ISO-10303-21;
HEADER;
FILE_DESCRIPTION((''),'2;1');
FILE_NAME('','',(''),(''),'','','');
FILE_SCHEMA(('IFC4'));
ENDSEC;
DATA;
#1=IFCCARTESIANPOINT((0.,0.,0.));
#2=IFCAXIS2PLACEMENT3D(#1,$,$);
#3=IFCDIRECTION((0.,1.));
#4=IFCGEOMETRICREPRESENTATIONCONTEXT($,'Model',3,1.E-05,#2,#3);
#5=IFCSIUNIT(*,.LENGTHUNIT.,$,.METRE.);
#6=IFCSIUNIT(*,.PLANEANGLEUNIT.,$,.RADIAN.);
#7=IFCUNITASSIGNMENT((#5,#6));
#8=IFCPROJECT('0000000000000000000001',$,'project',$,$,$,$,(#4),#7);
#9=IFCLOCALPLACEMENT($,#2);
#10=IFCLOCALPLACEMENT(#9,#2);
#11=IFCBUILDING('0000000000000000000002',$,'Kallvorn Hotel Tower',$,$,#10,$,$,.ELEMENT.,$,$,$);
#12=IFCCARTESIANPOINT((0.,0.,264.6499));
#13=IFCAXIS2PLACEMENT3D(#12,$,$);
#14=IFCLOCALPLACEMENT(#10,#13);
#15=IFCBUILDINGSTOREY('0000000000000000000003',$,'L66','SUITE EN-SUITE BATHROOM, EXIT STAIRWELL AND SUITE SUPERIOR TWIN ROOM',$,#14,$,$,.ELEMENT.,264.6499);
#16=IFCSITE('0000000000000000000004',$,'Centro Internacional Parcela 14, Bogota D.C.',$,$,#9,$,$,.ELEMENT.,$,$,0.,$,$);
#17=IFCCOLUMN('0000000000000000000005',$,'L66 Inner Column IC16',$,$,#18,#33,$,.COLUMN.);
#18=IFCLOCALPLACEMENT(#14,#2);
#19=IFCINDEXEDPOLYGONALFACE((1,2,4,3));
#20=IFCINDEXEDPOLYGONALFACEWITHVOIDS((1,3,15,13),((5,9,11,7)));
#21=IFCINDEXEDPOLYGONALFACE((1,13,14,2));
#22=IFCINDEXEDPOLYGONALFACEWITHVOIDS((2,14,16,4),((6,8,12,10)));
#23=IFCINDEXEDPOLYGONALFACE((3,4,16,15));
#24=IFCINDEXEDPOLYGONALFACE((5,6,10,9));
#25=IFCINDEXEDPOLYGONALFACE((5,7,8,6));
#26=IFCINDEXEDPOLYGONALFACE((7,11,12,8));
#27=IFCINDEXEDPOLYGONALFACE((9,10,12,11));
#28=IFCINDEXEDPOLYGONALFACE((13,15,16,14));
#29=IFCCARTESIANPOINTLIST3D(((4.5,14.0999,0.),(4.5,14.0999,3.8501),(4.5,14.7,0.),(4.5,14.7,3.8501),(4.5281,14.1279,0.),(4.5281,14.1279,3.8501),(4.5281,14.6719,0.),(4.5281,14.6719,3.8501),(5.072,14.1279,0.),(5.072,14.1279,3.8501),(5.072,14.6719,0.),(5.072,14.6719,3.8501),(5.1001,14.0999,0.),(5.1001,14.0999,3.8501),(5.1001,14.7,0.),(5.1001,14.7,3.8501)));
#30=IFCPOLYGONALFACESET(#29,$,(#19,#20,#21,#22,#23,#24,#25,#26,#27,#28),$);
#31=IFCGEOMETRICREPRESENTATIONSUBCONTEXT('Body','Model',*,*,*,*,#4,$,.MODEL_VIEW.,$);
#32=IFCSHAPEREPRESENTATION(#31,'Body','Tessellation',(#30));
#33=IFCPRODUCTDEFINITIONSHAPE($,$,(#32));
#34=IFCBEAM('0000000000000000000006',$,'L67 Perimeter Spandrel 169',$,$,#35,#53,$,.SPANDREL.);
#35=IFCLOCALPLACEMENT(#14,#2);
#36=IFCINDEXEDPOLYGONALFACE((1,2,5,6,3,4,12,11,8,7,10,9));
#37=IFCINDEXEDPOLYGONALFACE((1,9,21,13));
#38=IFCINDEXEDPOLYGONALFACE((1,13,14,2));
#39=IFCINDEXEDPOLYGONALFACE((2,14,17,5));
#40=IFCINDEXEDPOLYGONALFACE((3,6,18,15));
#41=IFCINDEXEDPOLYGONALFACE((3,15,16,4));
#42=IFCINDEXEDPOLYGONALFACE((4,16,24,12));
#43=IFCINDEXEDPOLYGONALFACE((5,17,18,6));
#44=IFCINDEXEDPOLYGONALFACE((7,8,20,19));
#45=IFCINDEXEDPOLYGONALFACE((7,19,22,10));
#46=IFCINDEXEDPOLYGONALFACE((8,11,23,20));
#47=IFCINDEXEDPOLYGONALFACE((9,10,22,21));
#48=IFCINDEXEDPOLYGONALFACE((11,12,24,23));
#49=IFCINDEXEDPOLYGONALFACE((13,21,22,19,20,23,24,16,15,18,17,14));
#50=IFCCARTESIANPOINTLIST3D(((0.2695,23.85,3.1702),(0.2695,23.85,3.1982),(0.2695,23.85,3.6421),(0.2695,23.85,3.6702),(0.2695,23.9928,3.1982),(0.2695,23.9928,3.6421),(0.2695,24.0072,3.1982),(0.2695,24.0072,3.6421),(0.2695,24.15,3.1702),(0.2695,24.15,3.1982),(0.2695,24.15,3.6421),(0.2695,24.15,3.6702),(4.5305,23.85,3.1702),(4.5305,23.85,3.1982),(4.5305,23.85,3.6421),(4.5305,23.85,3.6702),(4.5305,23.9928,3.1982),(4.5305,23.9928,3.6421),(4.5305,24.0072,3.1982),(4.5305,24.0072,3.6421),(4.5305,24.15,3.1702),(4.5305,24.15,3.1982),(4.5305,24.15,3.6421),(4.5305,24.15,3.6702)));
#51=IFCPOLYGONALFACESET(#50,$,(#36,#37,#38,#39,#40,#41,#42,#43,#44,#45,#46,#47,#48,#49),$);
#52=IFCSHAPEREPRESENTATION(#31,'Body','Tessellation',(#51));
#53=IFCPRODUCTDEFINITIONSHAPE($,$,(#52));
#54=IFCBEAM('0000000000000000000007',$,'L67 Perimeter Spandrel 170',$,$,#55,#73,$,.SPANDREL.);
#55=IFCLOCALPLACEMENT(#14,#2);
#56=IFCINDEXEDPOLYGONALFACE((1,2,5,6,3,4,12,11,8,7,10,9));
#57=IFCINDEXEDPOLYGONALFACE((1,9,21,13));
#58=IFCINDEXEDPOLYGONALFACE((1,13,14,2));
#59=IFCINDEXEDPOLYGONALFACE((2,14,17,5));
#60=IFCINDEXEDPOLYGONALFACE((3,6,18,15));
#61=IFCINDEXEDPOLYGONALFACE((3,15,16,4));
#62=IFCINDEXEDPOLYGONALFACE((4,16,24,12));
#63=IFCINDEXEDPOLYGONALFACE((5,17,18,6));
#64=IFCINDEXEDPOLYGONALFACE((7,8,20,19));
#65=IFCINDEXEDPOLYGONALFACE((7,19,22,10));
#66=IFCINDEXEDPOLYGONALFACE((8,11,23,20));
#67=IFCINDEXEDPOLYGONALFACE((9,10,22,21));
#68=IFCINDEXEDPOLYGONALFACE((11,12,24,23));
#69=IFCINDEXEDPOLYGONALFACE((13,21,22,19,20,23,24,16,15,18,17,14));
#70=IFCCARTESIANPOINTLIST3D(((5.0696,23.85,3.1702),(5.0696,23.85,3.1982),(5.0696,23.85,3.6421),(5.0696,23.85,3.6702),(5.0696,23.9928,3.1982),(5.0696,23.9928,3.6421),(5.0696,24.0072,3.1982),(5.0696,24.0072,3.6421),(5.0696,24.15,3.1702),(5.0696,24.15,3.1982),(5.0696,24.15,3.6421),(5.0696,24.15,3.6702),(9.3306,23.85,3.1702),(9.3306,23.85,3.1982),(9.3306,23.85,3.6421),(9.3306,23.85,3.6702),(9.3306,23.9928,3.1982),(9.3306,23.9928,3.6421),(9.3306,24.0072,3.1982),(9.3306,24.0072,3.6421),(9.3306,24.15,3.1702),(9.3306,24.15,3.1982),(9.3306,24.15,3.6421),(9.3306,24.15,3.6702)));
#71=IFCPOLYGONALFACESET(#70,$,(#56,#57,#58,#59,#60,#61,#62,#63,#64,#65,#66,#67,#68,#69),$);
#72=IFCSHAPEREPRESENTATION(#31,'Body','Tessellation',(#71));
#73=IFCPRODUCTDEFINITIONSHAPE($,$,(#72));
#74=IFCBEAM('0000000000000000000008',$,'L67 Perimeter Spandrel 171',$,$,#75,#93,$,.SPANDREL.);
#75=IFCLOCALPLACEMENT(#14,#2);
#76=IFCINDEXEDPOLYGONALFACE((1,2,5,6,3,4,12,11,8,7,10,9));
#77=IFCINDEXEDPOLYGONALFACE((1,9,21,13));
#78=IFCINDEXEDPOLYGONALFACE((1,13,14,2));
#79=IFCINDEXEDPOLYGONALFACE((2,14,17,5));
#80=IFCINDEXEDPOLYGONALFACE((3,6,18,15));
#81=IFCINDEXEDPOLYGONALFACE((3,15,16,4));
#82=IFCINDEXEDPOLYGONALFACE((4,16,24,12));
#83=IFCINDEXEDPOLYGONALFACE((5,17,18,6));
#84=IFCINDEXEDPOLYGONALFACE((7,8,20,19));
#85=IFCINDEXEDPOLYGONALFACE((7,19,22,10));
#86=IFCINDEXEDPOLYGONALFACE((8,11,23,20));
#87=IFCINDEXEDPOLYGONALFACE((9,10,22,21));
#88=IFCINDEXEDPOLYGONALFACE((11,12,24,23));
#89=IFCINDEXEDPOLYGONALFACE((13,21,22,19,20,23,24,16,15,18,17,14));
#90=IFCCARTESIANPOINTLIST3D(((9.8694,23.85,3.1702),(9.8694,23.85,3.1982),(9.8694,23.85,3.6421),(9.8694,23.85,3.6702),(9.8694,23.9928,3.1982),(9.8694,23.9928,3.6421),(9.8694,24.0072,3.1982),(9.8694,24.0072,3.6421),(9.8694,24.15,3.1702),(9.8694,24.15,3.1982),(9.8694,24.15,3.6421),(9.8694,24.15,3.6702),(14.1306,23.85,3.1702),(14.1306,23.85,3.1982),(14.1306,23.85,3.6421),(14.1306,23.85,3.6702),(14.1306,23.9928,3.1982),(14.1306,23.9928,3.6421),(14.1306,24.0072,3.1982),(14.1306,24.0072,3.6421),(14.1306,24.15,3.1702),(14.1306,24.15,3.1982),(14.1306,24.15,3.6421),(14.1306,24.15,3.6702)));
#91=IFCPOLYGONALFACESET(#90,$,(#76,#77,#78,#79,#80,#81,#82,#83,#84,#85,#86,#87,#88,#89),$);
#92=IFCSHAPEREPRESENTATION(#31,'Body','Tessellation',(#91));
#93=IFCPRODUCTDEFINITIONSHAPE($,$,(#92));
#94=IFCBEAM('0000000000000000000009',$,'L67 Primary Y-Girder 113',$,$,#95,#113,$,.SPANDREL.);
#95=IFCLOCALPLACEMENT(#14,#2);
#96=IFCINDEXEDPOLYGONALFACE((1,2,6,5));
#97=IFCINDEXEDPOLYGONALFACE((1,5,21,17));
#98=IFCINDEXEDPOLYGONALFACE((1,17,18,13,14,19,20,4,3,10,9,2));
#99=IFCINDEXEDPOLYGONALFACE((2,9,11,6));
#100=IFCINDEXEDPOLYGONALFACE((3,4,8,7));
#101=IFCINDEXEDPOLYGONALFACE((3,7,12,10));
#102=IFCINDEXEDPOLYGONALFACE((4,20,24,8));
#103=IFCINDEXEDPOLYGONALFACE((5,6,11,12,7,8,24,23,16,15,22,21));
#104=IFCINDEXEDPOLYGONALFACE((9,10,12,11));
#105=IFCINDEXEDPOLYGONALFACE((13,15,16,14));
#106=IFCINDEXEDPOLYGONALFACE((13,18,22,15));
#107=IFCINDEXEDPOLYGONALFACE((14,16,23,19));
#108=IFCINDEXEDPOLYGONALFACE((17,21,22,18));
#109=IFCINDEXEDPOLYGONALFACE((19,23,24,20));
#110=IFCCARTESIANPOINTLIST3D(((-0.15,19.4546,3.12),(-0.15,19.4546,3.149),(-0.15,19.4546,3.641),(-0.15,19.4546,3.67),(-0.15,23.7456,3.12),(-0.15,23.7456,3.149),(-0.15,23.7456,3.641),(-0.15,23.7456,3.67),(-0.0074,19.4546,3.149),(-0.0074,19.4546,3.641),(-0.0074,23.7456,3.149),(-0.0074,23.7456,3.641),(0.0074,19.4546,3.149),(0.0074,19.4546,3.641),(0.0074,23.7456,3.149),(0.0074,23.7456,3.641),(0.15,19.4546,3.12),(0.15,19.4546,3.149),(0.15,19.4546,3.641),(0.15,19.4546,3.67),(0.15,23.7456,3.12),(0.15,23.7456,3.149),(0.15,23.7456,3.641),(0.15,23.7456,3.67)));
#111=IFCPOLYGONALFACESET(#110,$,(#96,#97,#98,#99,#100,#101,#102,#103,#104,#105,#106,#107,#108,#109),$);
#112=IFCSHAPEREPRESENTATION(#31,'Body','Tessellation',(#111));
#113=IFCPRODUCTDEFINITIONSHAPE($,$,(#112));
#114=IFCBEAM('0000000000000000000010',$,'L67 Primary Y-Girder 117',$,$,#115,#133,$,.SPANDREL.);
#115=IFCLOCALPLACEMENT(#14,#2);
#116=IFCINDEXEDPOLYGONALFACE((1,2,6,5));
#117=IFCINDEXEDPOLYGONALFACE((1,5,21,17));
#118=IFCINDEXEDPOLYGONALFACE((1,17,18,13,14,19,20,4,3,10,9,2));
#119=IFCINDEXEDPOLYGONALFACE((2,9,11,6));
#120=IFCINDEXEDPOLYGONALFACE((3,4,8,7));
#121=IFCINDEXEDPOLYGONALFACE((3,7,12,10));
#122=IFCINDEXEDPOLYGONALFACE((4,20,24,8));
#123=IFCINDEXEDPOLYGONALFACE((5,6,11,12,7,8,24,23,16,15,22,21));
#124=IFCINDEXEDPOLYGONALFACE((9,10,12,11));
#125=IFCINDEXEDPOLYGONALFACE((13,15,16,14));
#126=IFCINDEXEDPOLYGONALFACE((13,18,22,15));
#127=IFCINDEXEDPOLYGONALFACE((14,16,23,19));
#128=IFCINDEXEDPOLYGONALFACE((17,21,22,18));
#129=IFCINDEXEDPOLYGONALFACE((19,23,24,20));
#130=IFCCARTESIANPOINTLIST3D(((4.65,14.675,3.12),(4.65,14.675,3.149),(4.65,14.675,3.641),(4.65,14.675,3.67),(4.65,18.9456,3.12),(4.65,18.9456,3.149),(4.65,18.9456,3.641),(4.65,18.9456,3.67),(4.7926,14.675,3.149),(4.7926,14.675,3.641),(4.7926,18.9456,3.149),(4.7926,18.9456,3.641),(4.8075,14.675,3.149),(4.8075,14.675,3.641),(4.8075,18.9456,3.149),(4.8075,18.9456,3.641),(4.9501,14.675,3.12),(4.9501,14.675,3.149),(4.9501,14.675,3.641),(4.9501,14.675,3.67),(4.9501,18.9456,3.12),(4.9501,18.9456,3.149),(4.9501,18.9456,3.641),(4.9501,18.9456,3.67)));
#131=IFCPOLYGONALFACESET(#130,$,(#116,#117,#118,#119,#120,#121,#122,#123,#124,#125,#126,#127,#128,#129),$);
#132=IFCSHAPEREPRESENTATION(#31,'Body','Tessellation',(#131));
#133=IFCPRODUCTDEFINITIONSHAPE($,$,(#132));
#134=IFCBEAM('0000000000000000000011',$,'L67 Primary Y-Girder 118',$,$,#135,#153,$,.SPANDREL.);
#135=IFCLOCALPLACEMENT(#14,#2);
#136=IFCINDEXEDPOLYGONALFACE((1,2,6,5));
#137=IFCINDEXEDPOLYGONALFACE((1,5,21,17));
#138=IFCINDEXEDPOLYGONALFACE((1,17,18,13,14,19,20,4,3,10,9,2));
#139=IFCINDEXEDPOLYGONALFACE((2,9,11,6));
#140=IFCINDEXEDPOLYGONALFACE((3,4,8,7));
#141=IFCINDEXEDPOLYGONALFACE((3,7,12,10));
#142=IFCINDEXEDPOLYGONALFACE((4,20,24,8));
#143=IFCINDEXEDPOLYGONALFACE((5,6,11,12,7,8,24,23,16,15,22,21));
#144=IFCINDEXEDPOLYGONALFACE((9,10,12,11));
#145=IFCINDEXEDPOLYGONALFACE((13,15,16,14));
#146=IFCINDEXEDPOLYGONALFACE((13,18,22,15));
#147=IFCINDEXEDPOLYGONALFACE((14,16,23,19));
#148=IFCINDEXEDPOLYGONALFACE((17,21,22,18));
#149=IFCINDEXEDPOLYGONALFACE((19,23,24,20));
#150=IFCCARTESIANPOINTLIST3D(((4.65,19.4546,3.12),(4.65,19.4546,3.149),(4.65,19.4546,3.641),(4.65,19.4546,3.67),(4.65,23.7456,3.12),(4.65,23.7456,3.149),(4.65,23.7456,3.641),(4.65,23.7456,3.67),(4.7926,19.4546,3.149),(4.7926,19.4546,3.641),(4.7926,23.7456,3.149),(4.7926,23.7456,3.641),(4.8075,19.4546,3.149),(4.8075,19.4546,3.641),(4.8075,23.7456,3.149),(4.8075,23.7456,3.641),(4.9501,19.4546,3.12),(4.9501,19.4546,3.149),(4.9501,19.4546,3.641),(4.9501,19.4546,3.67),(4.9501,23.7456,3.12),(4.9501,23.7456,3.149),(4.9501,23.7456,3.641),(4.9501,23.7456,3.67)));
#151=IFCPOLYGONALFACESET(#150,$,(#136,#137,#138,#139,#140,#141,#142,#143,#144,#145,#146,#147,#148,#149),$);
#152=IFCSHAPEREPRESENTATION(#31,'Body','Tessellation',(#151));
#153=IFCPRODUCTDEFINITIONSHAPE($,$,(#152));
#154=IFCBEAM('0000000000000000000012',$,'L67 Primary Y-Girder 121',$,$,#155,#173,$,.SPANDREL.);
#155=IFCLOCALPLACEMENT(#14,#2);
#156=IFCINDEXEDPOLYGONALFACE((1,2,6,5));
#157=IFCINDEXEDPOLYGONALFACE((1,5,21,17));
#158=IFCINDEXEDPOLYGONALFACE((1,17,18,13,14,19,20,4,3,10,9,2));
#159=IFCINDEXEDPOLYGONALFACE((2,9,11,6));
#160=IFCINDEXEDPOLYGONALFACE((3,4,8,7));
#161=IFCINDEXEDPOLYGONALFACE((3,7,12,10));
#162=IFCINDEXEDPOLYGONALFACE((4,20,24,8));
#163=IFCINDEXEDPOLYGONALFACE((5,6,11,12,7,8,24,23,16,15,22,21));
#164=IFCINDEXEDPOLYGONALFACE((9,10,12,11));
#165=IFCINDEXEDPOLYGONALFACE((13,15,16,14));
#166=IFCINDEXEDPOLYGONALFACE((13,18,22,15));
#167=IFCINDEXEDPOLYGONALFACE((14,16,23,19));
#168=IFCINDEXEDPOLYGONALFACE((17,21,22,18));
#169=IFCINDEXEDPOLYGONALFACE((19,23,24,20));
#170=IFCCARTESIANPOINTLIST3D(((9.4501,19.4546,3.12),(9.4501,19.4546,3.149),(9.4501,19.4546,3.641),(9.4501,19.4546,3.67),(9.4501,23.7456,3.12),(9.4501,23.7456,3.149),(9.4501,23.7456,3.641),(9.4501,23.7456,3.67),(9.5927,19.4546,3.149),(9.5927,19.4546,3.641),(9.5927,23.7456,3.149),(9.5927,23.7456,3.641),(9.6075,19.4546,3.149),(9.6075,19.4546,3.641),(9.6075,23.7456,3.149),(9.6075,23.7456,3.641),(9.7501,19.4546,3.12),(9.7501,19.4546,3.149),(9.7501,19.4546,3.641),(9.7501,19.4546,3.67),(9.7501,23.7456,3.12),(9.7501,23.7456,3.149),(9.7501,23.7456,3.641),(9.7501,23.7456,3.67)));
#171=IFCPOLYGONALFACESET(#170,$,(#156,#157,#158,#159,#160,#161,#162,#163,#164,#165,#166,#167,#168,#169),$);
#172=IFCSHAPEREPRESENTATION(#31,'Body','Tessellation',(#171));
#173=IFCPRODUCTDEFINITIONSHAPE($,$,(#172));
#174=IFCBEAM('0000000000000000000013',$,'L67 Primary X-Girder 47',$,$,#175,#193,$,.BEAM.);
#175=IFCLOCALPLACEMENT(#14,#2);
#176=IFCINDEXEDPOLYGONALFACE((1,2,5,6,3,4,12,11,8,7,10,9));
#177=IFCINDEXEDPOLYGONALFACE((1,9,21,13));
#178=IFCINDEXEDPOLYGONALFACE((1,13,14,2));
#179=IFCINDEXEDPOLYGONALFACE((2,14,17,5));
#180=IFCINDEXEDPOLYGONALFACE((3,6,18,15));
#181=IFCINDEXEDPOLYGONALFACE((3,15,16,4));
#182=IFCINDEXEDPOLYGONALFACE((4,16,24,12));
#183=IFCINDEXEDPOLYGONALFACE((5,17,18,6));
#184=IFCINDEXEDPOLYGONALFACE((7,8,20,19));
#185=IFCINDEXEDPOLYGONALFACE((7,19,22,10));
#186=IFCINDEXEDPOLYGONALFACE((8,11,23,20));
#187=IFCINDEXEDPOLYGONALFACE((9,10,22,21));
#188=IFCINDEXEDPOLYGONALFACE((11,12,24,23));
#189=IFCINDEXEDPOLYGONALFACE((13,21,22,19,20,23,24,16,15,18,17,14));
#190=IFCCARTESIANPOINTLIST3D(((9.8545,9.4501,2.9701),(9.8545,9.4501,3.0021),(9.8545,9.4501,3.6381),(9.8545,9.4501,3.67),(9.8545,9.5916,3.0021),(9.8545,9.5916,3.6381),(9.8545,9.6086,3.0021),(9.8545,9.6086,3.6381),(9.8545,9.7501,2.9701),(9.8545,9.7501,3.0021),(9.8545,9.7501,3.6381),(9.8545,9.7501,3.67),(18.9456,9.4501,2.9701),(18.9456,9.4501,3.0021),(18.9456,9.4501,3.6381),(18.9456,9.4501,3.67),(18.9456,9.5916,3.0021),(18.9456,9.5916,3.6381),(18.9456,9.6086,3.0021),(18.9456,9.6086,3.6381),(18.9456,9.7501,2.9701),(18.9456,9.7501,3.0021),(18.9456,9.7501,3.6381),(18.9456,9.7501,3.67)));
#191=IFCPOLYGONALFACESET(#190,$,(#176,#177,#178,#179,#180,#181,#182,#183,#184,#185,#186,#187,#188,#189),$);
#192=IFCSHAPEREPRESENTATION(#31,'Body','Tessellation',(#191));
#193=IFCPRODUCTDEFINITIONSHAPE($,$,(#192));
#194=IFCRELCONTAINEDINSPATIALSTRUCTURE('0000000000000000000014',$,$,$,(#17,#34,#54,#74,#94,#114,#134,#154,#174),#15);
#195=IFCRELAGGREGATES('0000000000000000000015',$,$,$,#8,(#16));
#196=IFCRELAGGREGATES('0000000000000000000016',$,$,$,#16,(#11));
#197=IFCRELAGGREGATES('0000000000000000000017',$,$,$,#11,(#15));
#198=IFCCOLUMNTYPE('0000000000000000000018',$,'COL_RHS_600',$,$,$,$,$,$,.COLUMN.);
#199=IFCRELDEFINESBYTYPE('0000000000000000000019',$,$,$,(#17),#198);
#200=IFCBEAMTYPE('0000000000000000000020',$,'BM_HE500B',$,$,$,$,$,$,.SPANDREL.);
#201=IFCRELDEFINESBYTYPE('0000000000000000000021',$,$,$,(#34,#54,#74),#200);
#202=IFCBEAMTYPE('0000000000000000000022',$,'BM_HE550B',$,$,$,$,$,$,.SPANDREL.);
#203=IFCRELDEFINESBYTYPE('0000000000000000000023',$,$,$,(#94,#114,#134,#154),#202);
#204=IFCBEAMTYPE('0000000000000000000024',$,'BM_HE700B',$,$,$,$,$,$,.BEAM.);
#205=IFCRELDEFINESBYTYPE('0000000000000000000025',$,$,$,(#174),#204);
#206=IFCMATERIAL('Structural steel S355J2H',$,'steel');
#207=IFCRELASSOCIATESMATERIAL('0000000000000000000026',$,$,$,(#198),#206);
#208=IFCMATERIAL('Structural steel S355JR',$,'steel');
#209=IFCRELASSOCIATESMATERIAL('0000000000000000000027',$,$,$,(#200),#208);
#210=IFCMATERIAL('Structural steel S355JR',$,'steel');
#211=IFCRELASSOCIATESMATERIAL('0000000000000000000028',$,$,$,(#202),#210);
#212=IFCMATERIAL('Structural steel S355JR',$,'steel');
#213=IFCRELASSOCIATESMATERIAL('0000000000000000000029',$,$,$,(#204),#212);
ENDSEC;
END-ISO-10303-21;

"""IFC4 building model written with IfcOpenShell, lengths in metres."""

from ifc_helpers import new_model, si_unit, direction, frame, origin, origin_2d, place, context, subcontext, project, spatial, hollow_rectangle, i_section, extrude, material, material_profile, profile_set, type_object, element, save


model = new_model("IFC4")

# Units and contexts
model_context = context("Model", 3, precision=1e-05, world=origin(), true_north=direction((0.0, 1.0)))
body_context = subcontext(model_context, "Body", "Model", "MODEL_VIEW")
ifc_project = project(units=[si_unit("LENGTHUNIT", "METRE"), si_unit("PLANEANGLEUNIT", "RADIAN")], contexts=[model_context])

# Site, building, storey
site_placement = place(None, origin())
site = spatial("IfcSite", under=ifc_project, at=site_placement, Name="Centro Internacional Parcela 14, Bogota D.C.", CompositionType="ELEMENT", RefElevation=0.0)
building_placement = place(site_placement, origin())
building = spatial("IfcBuilding", under=site, at=building_placement, Name="Kallvorn Hotel Tower", CompositionType="ELEMENT")
storey_placement = place(building_placement, frame((0.0, 0.0, 264.6499)))
storey = spatial("IfcBuildingStorey", under=building, at=storey_placement, Name="L66", Description="SUITE EN-SUITE BATHROOM, EXIT STAIRWELL AND SUITE SUPERIOR TWIN ROOM", CompositionType="ELEMENT", Elevation=264.6499)

# Column
ifc_material_1 = material(Name="Structural steel S355J2H", Category="steel")
ifc_material_profile_1 = material_profile(ifc_material_1, hollow_rectangle(XDim=0.6001, YDim=0.6001, WallThickness=0.0281, at=origin_2d()), Name="RHS 600x600x28")
ifc_profile_set_1 = profile_set([ifc_material_profile_1], Name="Structural steel S355J2H")
column_type_1 = type_object("IfcColumnType", Name="COL_RHS_600", PredefinedType="COLUMN", material=ifc_profile_set_1)
column_placement = place(storey_placement, frame((4.8, 14.3999, 0.0), z_axis=(0.0, 0.0, 1.0), x_axis=(1.0, 0.0, 0.0)))
element("IfcColumn", 1, at=column_placement, inside=storey, type_object=column_type_1, Name="L66 Inner Column IC16", PredefinedType="COLUMN", context=body_context, shape_type="SweptSolid", body=[
    extrude(hollow_rectangle(XDim=0.6001, YDim=0.6001, WallThickness=0.0281, at=origin_2d()), origin(), (0.0, 0.0, 1.0), 3.8501),
])

# Beams
ifc_material_2 = material(Name="Structural steel S355JR", Category="steel")
ifc_material_profile_2 = material_profile(ifc_material_2, i_section(OverallWidth=0.3, OverallDepth=0.5, WebThickness=0.0144, FlangeThickness=0.0281, at=origin_2d()), Name="HE 500 B")
ifc_profile_set_2 = profile_set([ifc_material_profile_2], Name="Structural steel S355JR")
beam_type_1 = type_object("IfcBeamType", Name="BM_HE500B", PredefinedType="SPANDREL", material=ifc_profile_set_2)
for number, where, z_axis, x_axis, name in (
    (2, (0.2695, 24.0, 3.4202), (1.0, 0.0, 0.0), (0.0, 1.0, 0.0), "L67 Perimeter Spandrel 169"),
    (3, (5.0696, 24.0, 3.4202), (1.0, 0.0, 0.0), (0.0, 1.0, 0.0), "L67 Perimeter Spandrel 170"),
):
    element("IfcBeam", number, at=place(storey_placement, frame(where, z_axis=z_axis, x_axis=x_axis)), inside=storey, type_object=beam_type_1, Name=name, PredefinedType="SPANDREL", context=body_context, shape_type="SweptSolid", body=[
        extrude(i_section(OverallWidth=0.3, OverallDepth=0.5, WebThickness=0.0144, FlangeThickness=0.0281, at=origin_2d()), origin(), (0.0, 0.0, 1.0), 4.261),
    ])
beam_1_placement = place(storey_placement, frame((9.8694, 24.0, 3.4202), z_axis=(1.0, 0.0, 0.0), x_axis=(0.0, 1.0, 0.0)))
element("IfcBeam", 4, at=beam_1_placement, inside=storey, type_object=beam_type_1, Name="L67 Perimeter Spandrel 171", PredefinedType="SPANDREL", context=body_context, shape_type="SweptSolid", body=[
    extrude(i_section(OverallWidth=0.3, OverallDepth=0.5, WebThickness=0.0144, FlangeThickness=0.0281, at=origin_2d()), origin(), (0.0, 0.0, 1.0), 4.2612),
])
ifc_material_3 = material(Name="Structural steel S355JR", Category="steel")
ifc_material_profile_3 = material_profile(ifc_material_3, i_section(OverallWidth=0.3, OverallDepth=0.55, WebThickness=0.0149, FlangeThickness=0.0291, at=origin_2d()), Name="HE 550 B")
ifc_profile_set_3 = profile_set([ifc_material_profile_3], Name="Structural steel S355JR")
beam_type_2 = type_object("IfcBeamType", Name="BM_HE550B", PredefinedType="SPANDREL", material=ifc_profile_set_3)
beam_2_placement = place(storey_placement, frame((0.0, 19.4546, 3.395), z_axis=(0.0, 1.0, 0.0), x_axis=(-1.0, 0.0, 0.0)))
element("IfcBeam", 5, at=beam_2_placement, inside=storey, type_object=beam_type_2, Name="L67 Primary Y-Girder 113", PredefinedType="SPANDREL", context=body_context, shape_type="SweptSolid", body=[
    extrude(i_section(OverallWidth=0.3, OverallDepth=0.55, WebThickness=0.0149, FlangeThickness=0.0291, at=origin_2d()), origin(), (0.0, 0.0, 1.0), 4.291),
])
beam_3_placement = place(storey_placement, frame((4.8, 14.675, 3.395), z_axis=(0.0, 1.0, 0.0), x_axis=(-1.0, 0.0, 0.0)))
element("IfcBeam", 6, at=beam_3_placement, inside=storey, type_object=beam_type_2, Name="L67 Primary Y-Girder 117", PredefinedType="SPANDREL", context=body_context, shape_type="SweptSolid", body=[
    extrude(i_section(OverallWidth=0.3, OverallDepth=0.55, WebThickness=0.0149, FlangeThickness=0.0291, at=origin_2d()), origin(), (0.0, 0.0, 1.0), 4.2705),
])
for number, where, z_axis, x_axis, name in (
    (7, (4.8, 19.4546, 3.395), (0.0, 1.0, 0.0), (-1.0, 0.0, 0.0), "L67 Primary Y-Girder 118"),
    (8, (9.6001, 19.4546, 3.395), (0.0, 1.0, 0.0), (-1.0, 0.0, 0.0), "L67 Primary Y-Girder 121"),
):
    element("IfcBeam", number, at=place(storey_placement, frame(where, z_axis=z_axis, x_axis=x_axis)), inside=storey, type_object=beam_type_2, Name=name, PredefinedType="SPANDREL", context=body_context, shape_type="SweptSolid", body=[
        extrude(i_section(OverallWidth=0.3, OverallDepth=0.55, WebThickness=0.0149, FlangeThickness=0.0291, at=origin_2d()), origin(), (0.0, 0.0, 1.0), 4.291),
    ])
ifc_material_4 = material(Name="Structural steel S355JR", Category="steel")
ifc_material_profile_4 = material_profile(ifc_material_4, i_section(OverallWidth=0.3, OverallDepth=0.7, WebThickness=0.0171, FlangeThickness=0.032, at=origin_2d()), Name="HE 700 B")
ifc_profile_set_4 = profile_set([ifc_material_profile_4], Name="Structural steel S355JR")
beam_type_3 = type_object("IfcBeamType", Name="BM_HE700B", PredefinedType="BEAM", material=ifc_profile_set_4)
beam_4_placement = place(storey_placement, frame((9.8545, 9.6001, 3.3201), z_axis=(1.0, 0.0, 0.0), x_axis=(0.0, 1.0, 0.0)))
element("IfcBeam", 9, at=beam_4_placement, inside=storey, type_object=beam_type_3, Name="L67 Primary X-Girder 47", PredefinedType="BEAM", context=body_context, shape_type="SweptSolid", body=[
    extrude(i_section(OverallWidth=0.3, OverallDepth=0.7, WebThickness=0.0171, FlangeThickness=0.032, at=origin_2d()), origin(), (0.0, 0.0, 1.0), 9.0911),
])

save(model, "model.ifc")
